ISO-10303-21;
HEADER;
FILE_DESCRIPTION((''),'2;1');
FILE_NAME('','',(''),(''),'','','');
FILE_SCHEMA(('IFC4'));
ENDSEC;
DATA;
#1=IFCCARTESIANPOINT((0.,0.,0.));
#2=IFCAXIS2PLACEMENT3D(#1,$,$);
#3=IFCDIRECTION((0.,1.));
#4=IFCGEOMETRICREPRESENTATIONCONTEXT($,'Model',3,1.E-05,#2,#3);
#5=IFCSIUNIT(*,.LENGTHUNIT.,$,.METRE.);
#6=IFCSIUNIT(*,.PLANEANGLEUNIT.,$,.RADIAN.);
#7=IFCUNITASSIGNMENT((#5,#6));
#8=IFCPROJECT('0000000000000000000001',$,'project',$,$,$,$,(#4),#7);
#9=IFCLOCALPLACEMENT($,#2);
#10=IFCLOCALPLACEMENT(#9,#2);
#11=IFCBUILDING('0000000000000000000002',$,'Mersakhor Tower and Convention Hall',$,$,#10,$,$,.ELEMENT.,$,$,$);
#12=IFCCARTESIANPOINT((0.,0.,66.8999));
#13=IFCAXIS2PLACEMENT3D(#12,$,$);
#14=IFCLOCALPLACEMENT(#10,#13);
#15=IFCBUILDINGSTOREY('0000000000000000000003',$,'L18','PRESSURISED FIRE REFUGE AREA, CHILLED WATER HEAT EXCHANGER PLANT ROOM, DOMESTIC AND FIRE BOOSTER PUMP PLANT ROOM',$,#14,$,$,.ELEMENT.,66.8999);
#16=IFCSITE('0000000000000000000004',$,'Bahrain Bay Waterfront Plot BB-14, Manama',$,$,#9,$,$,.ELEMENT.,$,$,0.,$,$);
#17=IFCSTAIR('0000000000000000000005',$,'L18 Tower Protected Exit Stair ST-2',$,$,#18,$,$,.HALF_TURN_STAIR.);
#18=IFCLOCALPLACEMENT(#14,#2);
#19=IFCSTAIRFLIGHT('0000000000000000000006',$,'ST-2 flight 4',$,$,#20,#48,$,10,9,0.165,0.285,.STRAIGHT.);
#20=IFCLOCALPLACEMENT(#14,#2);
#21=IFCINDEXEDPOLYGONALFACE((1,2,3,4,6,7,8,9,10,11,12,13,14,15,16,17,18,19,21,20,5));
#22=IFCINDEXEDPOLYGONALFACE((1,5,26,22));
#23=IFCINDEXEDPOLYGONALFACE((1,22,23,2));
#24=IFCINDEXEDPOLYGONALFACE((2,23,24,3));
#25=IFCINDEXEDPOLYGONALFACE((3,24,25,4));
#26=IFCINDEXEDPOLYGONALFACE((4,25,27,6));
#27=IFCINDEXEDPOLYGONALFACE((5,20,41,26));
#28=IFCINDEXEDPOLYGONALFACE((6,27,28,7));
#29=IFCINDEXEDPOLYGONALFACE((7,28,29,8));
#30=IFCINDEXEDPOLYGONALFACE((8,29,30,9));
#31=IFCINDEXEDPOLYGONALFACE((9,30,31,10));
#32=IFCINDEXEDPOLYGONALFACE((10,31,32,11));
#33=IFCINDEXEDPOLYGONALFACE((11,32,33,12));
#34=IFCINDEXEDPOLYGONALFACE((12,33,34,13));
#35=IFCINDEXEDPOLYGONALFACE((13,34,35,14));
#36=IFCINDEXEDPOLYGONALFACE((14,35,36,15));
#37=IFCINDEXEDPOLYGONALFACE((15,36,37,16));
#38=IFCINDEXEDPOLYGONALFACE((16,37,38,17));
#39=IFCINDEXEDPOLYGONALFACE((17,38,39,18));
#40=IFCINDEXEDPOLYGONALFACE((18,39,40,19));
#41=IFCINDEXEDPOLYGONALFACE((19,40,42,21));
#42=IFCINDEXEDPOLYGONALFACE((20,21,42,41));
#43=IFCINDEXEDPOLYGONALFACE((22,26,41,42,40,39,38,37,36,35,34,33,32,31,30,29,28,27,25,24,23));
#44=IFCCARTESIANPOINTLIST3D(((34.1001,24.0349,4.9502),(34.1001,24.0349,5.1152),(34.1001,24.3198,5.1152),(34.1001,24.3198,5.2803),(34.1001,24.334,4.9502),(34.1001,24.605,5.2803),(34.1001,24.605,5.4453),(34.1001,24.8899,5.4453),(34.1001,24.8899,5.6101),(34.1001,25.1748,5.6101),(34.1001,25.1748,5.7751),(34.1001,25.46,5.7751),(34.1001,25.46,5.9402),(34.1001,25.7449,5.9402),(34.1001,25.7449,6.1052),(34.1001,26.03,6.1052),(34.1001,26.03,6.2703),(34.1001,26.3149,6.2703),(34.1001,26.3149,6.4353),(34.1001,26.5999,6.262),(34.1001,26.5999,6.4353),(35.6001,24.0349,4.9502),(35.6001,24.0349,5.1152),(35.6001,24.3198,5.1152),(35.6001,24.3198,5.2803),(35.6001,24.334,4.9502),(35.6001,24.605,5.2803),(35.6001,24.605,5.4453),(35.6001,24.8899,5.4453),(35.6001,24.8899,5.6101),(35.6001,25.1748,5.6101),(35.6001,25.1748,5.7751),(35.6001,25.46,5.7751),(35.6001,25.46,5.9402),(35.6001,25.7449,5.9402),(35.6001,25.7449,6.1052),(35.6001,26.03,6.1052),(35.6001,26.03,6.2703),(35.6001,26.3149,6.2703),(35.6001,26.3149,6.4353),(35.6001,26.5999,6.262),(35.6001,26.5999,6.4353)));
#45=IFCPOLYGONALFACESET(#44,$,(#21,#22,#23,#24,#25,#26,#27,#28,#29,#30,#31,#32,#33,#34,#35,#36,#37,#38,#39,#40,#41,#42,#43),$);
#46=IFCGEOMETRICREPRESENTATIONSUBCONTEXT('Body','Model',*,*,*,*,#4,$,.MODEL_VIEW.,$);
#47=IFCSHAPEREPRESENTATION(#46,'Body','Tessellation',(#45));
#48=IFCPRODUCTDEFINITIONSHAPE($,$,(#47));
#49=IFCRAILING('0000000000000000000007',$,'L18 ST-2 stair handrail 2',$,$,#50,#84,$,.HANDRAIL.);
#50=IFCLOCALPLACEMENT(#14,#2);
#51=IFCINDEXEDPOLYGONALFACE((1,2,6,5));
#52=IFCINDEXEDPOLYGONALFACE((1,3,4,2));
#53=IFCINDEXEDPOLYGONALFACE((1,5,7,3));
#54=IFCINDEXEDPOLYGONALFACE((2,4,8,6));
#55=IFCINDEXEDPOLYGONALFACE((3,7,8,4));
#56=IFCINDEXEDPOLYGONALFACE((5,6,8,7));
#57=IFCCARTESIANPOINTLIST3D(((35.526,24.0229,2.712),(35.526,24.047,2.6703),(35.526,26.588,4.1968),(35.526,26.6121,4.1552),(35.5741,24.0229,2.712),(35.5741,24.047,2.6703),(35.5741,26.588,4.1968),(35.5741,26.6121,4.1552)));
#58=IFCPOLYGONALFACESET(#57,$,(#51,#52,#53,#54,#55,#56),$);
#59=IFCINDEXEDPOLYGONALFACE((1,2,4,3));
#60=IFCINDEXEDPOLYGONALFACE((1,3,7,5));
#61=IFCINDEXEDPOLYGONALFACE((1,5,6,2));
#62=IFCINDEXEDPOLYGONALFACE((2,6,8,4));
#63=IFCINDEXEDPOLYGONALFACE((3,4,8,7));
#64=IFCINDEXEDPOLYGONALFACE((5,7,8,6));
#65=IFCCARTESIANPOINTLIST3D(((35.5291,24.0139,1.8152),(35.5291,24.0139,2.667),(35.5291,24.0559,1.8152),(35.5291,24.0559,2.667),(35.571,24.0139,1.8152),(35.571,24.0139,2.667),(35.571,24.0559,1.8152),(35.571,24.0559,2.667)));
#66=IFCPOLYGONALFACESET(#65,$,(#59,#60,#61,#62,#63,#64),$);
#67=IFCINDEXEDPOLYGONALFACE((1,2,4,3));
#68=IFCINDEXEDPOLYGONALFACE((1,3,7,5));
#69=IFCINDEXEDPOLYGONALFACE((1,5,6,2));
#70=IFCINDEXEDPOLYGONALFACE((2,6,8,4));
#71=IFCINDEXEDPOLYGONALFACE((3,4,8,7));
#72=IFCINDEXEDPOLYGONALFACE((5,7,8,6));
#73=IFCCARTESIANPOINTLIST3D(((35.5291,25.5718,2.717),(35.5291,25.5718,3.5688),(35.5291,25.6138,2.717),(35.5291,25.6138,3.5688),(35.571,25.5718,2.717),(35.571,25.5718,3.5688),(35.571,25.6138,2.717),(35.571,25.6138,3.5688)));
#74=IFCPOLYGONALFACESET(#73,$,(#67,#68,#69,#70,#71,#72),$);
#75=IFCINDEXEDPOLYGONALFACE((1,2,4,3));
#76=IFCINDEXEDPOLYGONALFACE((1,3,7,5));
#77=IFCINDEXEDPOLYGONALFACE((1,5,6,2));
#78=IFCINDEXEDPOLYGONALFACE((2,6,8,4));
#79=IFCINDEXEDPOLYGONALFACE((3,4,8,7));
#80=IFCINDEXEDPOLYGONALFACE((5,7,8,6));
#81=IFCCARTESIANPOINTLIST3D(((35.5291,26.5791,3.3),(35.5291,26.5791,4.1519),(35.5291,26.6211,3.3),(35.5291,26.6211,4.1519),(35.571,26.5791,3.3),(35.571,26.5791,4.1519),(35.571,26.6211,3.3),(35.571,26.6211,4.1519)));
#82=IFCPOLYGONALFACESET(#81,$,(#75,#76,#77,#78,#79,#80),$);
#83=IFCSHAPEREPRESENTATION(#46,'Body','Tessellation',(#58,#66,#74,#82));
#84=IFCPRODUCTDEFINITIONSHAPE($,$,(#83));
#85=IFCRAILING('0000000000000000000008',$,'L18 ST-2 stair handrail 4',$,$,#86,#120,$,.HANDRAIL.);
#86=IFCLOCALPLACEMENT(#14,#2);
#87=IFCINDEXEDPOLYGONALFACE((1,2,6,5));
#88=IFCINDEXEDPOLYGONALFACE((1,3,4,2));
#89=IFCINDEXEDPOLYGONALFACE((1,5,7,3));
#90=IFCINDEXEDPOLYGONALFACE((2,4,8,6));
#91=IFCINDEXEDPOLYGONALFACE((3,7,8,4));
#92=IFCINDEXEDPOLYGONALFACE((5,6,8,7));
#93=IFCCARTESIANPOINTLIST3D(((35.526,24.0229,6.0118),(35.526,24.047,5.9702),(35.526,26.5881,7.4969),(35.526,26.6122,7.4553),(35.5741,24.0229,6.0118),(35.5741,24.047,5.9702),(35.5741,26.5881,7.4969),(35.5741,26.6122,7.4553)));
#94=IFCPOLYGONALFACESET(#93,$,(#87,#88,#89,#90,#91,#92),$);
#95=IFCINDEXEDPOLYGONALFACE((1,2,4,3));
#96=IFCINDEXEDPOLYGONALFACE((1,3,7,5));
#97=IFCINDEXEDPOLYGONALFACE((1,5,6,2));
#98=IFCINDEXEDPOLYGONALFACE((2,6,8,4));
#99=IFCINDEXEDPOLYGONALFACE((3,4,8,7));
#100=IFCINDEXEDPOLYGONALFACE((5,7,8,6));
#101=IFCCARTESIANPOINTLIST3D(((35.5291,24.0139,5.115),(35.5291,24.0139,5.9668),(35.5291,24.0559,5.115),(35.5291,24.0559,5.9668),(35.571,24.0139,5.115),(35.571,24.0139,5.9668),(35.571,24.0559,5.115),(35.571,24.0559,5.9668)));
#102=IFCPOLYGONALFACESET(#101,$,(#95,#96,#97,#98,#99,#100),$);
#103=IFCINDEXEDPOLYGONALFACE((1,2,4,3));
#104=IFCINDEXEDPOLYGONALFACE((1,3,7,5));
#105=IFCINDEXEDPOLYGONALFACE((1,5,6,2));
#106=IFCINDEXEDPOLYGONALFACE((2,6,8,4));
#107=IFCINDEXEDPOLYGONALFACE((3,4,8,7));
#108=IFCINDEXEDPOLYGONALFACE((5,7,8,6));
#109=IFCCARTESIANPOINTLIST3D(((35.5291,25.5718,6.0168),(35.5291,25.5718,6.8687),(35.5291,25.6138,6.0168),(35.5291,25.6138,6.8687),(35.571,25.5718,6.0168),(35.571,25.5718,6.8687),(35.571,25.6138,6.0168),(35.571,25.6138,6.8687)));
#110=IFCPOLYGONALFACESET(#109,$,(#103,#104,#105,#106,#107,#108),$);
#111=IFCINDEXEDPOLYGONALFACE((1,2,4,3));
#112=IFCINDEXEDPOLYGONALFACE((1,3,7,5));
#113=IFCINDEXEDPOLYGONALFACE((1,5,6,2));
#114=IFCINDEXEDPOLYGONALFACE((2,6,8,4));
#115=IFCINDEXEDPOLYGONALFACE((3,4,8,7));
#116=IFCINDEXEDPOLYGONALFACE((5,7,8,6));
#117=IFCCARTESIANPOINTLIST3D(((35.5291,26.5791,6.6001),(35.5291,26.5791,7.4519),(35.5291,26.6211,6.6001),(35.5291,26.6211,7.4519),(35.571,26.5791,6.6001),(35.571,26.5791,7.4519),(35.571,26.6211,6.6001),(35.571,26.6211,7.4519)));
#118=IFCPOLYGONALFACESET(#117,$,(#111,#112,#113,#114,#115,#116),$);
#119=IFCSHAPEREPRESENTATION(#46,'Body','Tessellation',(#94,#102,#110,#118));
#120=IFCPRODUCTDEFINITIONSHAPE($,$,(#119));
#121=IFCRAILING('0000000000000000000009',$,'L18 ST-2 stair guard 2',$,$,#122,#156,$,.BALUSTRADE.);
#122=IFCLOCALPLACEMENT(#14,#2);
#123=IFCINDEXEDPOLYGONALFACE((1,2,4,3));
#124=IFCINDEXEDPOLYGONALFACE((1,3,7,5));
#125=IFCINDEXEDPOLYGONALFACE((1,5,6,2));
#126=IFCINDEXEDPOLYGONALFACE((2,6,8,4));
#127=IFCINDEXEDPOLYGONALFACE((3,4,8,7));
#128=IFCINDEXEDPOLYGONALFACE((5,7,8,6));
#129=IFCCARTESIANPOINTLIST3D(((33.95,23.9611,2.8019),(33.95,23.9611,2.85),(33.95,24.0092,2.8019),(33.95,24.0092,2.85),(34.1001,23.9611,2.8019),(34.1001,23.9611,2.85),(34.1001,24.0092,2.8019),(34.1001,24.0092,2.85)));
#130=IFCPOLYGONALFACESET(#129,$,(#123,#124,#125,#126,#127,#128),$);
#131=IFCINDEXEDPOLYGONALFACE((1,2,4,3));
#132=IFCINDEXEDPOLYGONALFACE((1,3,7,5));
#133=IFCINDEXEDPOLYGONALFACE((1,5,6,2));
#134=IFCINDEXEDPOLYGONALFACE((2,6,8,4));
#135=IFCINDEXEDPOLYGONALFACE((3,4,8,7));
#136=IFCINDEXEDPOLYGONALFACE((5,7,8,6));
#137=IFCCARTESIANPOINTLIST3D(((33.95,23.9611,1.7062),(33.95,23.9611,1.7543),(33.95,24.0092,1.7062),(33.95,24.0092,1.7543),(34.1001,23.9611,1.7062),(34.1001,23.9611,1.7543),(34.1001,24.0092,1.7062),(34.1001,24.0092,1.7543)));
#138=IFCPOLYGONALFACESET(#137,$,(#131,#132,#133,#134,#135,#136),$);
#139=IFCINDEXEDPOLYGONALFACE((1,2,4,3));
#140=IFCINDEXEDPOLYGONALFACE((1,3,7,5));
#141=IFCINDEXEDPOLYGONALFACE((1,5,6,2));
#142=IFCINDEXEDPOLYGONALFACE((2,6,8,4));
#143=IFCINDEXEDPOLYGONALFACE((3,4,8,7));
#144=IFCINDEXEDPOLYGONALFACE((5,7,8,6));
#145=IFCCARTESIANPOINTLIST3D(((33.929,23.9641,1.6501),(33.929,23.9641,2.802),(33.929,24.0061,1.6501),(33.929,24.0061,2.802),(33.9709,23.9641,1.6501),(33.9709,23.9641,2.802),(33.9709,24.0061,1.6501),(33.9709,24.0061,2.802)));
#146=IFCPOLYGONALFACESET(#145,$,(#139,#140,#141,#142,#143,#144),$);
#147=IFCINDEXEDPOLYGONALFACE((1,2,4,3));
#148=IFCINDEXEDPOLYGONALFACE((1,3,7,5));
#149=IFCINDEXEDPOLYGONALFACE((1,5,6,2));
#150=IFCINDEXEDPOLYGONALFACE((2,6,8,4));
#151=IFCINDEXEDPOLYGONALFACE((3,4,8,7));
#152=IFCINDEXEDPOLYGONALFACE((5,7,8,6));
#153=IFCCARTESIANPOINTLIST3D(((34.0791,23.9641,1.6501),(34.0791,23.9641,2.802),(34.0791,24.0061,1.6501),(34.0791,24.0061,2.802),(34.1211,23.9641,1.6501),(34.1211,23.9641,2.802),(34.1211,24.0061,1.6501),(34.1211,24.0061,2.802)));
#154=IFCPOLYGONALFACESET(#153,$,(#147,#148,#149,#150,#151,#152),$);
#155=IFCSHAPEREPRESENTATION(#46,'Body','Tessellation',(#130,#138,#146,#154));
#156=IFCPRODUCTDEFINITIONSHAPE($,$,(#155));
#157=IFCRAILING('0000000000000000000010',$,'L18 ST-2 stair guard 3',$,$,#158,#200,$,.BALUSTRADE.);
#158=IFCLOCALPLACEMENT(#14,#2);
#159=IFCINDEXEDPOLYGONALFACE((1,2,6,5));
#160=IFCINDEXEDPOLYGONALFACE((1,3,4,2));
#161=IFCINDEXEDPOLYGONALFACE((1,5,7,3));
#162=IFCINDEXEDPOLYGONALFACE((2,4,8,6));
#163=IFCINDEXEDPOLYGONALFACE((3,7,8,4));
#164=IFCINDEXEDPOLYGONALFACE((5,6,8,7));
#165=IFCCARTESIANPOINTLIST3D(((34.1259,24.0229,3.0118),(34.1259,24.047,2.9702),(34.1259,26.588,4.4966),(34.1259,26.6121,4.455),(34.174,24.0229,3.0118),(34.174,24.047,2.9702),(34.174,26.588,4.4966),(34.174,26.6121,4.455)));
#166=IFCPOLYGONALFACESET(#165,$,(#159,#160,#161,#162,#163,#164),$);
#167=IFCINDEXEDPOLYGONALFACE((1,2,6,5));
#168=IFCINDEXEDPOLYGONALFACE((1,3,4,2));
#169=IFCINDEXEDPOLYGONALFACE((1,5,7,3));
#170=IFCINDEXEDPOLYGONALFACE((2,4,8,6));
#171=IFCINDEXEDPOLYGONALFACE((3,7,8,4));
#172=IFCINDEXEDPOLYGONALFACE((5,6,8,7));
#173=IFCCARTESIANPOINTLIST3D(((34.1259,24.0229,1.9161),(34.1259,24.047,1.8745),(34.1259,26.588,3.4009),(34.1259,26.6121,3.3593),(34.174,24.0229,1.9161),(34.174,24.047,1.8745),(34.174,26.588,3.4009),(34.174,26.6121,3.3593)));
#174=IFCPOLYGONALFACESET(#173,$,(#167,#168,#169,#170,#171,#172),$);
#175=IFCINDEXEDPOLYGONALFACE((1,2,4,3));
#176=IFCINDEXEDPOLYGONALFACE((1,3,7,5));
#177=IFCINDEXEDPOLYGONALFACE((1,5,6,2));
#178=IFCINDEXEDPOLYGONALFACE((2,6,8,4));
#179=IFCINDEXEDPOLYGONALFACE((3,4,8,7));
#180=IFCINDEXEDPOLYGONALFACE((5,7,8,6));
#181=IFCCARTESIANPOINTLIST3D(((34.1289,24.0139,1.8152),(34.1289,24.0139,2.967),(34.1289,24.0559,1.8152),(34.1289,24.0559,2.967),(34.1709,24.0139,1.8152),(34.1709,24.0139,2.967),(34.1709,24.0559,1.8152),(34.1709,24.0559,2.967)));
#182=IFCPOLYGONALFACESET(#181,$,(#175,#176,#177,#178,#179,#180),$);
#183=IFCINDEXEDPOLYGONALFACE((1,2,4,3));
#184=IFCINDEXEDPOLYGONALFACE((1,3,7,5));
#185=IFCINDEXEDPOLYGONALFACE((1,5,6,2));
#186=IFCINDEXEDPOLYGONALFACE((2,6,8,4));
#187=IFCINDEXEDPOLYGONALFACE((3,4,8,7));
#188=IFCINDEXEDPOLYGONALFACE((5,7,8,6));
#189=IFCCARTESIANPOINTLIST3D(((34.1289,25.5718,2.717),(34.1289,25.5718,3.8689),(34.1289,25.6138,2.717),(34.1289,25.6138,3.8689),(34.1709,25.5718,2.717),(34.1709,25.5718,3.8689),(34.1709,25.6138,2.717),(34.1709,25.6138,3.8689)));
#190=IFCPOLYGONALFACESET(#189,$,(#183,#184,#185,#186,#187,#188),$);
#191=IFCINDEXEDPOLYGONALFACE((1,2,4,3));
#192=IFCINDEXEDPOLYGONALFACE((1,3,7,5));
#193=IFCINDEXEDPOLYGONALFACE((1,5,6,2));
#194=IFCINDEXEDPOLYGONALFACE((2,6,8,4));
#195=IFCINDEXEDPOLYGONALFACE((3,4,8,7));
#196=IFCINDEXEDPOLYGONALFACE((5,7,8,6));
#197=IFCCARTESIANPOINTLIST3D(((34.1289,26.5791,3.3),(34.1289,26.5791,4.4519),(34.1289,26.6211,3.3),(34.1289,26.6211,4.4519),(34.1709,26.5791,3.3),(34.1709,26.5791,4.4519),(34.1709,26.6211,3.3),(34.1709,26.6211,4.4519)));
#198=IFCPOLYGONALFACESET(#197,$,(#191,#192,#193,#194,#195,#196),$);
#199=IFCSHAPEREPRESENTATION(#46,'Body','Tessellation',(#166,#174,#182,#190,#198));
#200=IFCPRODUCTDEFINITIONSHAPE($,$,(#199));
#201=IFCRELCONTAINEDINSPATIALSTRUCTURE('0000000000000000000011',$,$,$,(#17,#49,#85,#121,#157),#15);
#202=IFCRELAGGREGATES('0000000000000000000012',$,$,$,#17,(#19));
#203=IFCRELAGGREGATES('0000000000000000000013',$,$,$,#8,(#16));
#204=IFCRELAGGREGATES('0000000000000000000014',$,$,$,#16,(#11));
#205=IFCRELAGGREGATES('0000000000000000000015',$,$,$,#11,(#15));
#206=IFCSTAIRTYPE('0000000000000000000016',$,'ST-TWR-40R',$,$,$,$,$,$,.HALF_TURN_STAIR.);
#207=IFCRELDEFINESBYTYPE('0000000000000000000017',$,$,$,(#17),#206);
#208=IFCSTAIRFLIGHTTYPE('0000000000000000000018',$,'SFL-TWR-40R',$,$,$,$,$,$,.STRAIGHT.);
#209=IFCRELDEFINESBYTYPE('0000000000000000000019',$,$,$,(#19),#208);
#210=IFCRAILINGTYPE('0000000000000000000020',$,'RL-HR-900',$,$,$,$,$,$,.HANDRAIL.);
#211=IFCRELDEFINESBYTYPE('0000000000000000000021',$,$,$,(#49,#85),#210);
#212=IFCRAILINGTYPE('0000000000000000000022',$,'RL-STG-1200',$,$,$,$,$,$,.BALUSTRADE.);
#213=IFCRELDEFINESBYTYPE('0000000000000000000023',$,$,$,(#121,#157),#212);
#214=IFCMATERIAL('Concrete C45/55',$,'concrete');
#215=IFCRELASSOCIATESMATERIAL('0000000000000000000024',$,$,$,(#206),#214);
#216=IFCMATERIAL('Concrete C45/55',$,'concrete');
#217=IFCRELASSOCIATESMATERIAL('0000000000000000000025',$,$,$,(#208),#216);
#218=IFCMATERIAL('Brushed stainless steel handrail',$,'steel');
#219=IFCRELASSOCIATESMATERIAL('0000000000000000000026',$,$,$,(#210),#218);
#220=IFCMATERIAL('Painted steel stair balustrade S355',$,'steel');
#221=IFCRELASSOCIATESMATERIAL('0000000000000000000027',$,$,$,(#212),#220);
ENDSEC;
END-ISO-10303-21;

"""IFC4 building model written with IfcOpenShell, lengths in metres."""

from ifc_helpers import new_model, si_unit, direction, frame, origin, origin_2d, place, context, subcontext, project, spatial, polyline, rectangle, outline, extrude, material, type_object, element, aggregate, save


model = new_model("IFC4")

# Units and contexts
model_context = context("Model", 3, precision=1e-05, world=origin(), true_north=direction((0.0, 1.0)))
body_context = subcontext(model_context, "Body", "Model", "MODEL_VIEW")
ifc_project = project(units=[si_unit("LENGTHUNIT", "METRE"), si_unit("PLANEANGLEUNIT", "RADIAN")], contexts=[model_context])

# Site, building, storey
site_placement = place(None, origin())
site = spatial("IfcSite", under=ifc_project, at=site_placement, Name="Bahrain Bay Waterfront Plot BB-14, Manama", CompositionType="ELEMENT", RefElevation=0.0)
building_placement = place(site_placement, origin())
building = spatial("IfcBuilding", under=site, at=building_placement, Name="Mersakhor Tower and Convention Hall", CompositionType="ELEMENT")
storey_placement = place(building_placement, frame((0.0, 0.0, 66.8999)))
storey = spatial("IfcBuildingStorey", under=building, at=storey_placement, Name="L18", Description="PRESSURISED FIRE REFUGE AREA, CHILLED WATER HEAT EXCHANGER PLANT ROOM, DOMESTIC AND FIRE BOOSTER PUMP PLANT ROOM", CompositionType="ELEMENT", Elevation=66.8999)

# Stair, stair flight
ifc_material_1 = material(Name="Concrete C45/55", Category="concrete")
stair_type = type_object("IfcStairType", Name="ST-TWR-40R", PredefinedType="HALF_TURN_STAIR", material=ifc_material_1)
stair_placement = place(storey_placement, origin())
stair = element("IfcStair", 1, at=stair_placement, inside=storey, type_object=stair_type, Name="L18 Tower Protected Exit Stair ST-2", PredefinedType="HALF_TURN_STAIR")
ifc_material_2 = material(Name="Concrete C45/55", Category="concrete")
stair_flight_type = type_object("IfcStairFlightType", Name="SFL-TWR-40R", PredefinedType="STRAIGHT", material=ifc_material_2)
stair_flight_1_placement = place(storey_placement, frame((34.8501, 24.0349, 4.9502), z_axis=(0.0, 0.0, 1.0), x_axis=(0.0, 1.0, 0.0)))
stair_flight_1 = element("IfcStairFlight", 2, at=stair_flight_1_placement, type_object=stair_flight_type, Name="ST-2 flight 4", NumberOfRisers=10, NumberOfTreads=9, PredefinedType="STRAIGHT", RiserHeight=0.165, TreadLength=0.285, context=body_context, shape_type="SweptSolid", body=[
    extrude(outline(polyline([(0.0, 0.0), (0.0, 0.165), (0.2849, 0.165), (0.2849, 0.3301), (0.5701, 0.3301), (0.5701, 0.4951), (0.855, 0.4951), (0.855, 0.6599), (1.1399, 0.6599), (1.1399, 0.825), (1.425, 0.825), (1.425, 0.99), (1.71, 0.99), (1.71, 1.155), (1.9951, 1.155), (1.9951, 1.3201), (2.28, 1.3201), (2.28, 1.4851), (2.5649, 1.4851), (2.5649, 1.6499), (2.5649, 1.3118), (0.2991, 0.0), (0.0, 0.0)])), frame((0.0, 0.75, 0.0), z_axis=(0.0, -1.0, 0.0), x_axis=(1.0, 0.0, 0.0)), (0.0, 0.0, 1.0), 1.5),
])
aggregate(stair, [stair_flight_1])

# Railings
ifc_material_3 = material(Name="Brushed stainless steel handrail", Category="steel")
railing_type_1 = type_object("IfcRailingType", Name="RL-HR-900", PredefinedType="HANDRAIL", material=ifc_material_3)
railing_1_placement = place(storey_placement, frame((35.55, 24.0349, 1.8152)))
element("IfcRailing", 3, at=railing_1_placement, inside=storey, type_object=railing_type_1, Name="L18 ST-2 stair handrail 2", PredefinedType="HANDRAIL", context=body_context, shape_type="SweptSolid", body=[
    extrude(rectangle(XDim=0.0481, YDim=0.0481, at=origin_2d()), frame((0.0, 0.0, 0.876), z_axis=(0.0, 0.865462, 0.500975), x_axis=(-1.0, 0.0, 0.0)), (0.0, 0.0, 1.0), 2.9639),
    extrude(rectangle(XDim=0.042, YDim=0.042, at=origin_2d()), origin(), (0.0, 0.0, 1.0), 0.8518),
    extrude(rectangle(XDim=0.042, YDim=0.042, at=origin_2d()), frame((0.0, 1.5579, 0.9019)), (0.0, 0.0, 1.0), 0.8518),
    extrude(rectangle(XDim=0.042, YDim=0.042, at=origin_2d()), frame((0.0, 2.5652, 1.4849)), (0.0, 0.0, 1.0), 0.8518),
])
railing_2_placement = place(storey_placement, frame((35.55, 24.0349, 5.115)))
element("IfcRailing", 4, at=railing_2_placement, inside=storey, type_object=railing_type_1, Name="L18 ST-2 stair handrail 4", PredefinedType="HANDRAIL", context=body_context, shape_type="SweptSolid", body=[
    extrude(rectangle(XDim=0.0481, YDim=0.0481, at=origin_2d()), frame((0.0, 0.0, 0.876), z_axis=(0.0, 0.865426, 0.501036), x_axis=(-1.0, 0.0, 0.0)), (0.0, 0.0, 1.0), 2.9641),
    extrude(rectangle(XDim=0.042, YDim=0.042, at=origin_2d()), origin(), (0.0, 0.0, 1.0), 0.8518),
    extrude(rectangle(XDim=0.042, YDim=0.042, at=origin_2d()), frame((0.0, 1.5579, 0.9019)), (0.0, 0.0, 1.0), 0.8518),
    extrude(rectangle(XDim=0.042, YDim=0.042, at=origin_2d()), frame((0.0, 2.5652, 1.4851)), (0.0, 0.0, 1.0), 0.8518),
])
ifc_material_4 = material(Name="Painted steel stair balustrade S355", Category="steel")
railing_type_2 = type_object("IfcRailingType", Name="RL-STG-1200", PredefinedType="BALUSTRADE", material=ifc_material_4)
railing_3_placement = place(storey_placement, frame((33.95, 23.9851, 1.6501)))
element("IfcRailing", 5, at=railing_3_placement, inside=storey, type_object=railing_type_2, Name="L18 ST-2 stair guard 2", PredefinedType="BALUSTRADE", context=body_context, shape_type="SweptSolid", body=[
    extrude(rectangle(XDim=0.0481, YDim=0.0481, at=origin_2d()), frame((0.0, 0.0, 1.1758), z_axis=(1.0, 0.0, 0.0), x_axis=(0.0, 1.0, 0.0)), (0.0, 0.0, 1.0), 0.1501),
    extrude(rectangle(XDim=0.0481, YDim=0.0481, at=origin_2d()), frame((0.0, 0.0, 0.0801), z_axis=(1.0, 0.0, 0.0), x_axis=(0.0, 1.0, 0.0)), (0.0, 0.0, 1.0), 0.1501),
    extrude(rectangle(XDim=0.042, YDim=0.042, at=origin_2d()), origin(), (0.0, 0.0, 1.0), 1.1519),
    extrude(rectangle(XDim=0.042, YDim=0.042, at=origin_2d()), frame((0.1501, 0.0, 0.0)), (0.0, 0.0, 1.0), 1.1519),
])
railing_4_placement = place(storey_placement, frame((34.1499, 24.0349, 1.8152)))
element("IfcRailing", 6, at=railing_4_placement, inside=storey, type_object=railing_type_2, Name="L18 ST-2 stair guard 3", PredefinedType="BALUSTRADE", context=body_context, shape_type="SweptSolid", body=[
    extrude(rectangle(XDim=0.0481, YDim=0.0481, at=origin_2d()), frame((0.0, 0.0, 1.1758), z_axis=(0.0, 0.865462, 0.500975), x_axis=(-1.0, 0.0, 0.0)), (0.0, 0.0, 1.0), 2.9639),
    extrude(rectangle(XDim=0.0481, YDim=0.0481, at=origin_2d()), frame((0.0, 0.0, 0.0801), z_axis=(0.0, 0.865462, 0.500975), x_axis=(-1.0, 0.0, 0.0)), (0.0, 0.0, 1.0), 2.9639),
    extrude(rectangle(XDim=0.042, YDim=0.042, at=origin_2d()), origin(), (0.0, 0.0, 1.0), 1.1519),
    extrude(rectangle(XDim=0.042, YDim=0.042, at=origin_2d()), frame((0.0, 1.5579, 0.9019)), (0.0, 0.0, 1.0), 1.1519),
    extrude(rectangle(XDim=0.042, YDim=0.042, at=origin_2d()), frame((0.0, 2.5652, 1.4849)), (0.0, 0.0, 1.0), 1.1519),
])

save(model, "model.ifc")
